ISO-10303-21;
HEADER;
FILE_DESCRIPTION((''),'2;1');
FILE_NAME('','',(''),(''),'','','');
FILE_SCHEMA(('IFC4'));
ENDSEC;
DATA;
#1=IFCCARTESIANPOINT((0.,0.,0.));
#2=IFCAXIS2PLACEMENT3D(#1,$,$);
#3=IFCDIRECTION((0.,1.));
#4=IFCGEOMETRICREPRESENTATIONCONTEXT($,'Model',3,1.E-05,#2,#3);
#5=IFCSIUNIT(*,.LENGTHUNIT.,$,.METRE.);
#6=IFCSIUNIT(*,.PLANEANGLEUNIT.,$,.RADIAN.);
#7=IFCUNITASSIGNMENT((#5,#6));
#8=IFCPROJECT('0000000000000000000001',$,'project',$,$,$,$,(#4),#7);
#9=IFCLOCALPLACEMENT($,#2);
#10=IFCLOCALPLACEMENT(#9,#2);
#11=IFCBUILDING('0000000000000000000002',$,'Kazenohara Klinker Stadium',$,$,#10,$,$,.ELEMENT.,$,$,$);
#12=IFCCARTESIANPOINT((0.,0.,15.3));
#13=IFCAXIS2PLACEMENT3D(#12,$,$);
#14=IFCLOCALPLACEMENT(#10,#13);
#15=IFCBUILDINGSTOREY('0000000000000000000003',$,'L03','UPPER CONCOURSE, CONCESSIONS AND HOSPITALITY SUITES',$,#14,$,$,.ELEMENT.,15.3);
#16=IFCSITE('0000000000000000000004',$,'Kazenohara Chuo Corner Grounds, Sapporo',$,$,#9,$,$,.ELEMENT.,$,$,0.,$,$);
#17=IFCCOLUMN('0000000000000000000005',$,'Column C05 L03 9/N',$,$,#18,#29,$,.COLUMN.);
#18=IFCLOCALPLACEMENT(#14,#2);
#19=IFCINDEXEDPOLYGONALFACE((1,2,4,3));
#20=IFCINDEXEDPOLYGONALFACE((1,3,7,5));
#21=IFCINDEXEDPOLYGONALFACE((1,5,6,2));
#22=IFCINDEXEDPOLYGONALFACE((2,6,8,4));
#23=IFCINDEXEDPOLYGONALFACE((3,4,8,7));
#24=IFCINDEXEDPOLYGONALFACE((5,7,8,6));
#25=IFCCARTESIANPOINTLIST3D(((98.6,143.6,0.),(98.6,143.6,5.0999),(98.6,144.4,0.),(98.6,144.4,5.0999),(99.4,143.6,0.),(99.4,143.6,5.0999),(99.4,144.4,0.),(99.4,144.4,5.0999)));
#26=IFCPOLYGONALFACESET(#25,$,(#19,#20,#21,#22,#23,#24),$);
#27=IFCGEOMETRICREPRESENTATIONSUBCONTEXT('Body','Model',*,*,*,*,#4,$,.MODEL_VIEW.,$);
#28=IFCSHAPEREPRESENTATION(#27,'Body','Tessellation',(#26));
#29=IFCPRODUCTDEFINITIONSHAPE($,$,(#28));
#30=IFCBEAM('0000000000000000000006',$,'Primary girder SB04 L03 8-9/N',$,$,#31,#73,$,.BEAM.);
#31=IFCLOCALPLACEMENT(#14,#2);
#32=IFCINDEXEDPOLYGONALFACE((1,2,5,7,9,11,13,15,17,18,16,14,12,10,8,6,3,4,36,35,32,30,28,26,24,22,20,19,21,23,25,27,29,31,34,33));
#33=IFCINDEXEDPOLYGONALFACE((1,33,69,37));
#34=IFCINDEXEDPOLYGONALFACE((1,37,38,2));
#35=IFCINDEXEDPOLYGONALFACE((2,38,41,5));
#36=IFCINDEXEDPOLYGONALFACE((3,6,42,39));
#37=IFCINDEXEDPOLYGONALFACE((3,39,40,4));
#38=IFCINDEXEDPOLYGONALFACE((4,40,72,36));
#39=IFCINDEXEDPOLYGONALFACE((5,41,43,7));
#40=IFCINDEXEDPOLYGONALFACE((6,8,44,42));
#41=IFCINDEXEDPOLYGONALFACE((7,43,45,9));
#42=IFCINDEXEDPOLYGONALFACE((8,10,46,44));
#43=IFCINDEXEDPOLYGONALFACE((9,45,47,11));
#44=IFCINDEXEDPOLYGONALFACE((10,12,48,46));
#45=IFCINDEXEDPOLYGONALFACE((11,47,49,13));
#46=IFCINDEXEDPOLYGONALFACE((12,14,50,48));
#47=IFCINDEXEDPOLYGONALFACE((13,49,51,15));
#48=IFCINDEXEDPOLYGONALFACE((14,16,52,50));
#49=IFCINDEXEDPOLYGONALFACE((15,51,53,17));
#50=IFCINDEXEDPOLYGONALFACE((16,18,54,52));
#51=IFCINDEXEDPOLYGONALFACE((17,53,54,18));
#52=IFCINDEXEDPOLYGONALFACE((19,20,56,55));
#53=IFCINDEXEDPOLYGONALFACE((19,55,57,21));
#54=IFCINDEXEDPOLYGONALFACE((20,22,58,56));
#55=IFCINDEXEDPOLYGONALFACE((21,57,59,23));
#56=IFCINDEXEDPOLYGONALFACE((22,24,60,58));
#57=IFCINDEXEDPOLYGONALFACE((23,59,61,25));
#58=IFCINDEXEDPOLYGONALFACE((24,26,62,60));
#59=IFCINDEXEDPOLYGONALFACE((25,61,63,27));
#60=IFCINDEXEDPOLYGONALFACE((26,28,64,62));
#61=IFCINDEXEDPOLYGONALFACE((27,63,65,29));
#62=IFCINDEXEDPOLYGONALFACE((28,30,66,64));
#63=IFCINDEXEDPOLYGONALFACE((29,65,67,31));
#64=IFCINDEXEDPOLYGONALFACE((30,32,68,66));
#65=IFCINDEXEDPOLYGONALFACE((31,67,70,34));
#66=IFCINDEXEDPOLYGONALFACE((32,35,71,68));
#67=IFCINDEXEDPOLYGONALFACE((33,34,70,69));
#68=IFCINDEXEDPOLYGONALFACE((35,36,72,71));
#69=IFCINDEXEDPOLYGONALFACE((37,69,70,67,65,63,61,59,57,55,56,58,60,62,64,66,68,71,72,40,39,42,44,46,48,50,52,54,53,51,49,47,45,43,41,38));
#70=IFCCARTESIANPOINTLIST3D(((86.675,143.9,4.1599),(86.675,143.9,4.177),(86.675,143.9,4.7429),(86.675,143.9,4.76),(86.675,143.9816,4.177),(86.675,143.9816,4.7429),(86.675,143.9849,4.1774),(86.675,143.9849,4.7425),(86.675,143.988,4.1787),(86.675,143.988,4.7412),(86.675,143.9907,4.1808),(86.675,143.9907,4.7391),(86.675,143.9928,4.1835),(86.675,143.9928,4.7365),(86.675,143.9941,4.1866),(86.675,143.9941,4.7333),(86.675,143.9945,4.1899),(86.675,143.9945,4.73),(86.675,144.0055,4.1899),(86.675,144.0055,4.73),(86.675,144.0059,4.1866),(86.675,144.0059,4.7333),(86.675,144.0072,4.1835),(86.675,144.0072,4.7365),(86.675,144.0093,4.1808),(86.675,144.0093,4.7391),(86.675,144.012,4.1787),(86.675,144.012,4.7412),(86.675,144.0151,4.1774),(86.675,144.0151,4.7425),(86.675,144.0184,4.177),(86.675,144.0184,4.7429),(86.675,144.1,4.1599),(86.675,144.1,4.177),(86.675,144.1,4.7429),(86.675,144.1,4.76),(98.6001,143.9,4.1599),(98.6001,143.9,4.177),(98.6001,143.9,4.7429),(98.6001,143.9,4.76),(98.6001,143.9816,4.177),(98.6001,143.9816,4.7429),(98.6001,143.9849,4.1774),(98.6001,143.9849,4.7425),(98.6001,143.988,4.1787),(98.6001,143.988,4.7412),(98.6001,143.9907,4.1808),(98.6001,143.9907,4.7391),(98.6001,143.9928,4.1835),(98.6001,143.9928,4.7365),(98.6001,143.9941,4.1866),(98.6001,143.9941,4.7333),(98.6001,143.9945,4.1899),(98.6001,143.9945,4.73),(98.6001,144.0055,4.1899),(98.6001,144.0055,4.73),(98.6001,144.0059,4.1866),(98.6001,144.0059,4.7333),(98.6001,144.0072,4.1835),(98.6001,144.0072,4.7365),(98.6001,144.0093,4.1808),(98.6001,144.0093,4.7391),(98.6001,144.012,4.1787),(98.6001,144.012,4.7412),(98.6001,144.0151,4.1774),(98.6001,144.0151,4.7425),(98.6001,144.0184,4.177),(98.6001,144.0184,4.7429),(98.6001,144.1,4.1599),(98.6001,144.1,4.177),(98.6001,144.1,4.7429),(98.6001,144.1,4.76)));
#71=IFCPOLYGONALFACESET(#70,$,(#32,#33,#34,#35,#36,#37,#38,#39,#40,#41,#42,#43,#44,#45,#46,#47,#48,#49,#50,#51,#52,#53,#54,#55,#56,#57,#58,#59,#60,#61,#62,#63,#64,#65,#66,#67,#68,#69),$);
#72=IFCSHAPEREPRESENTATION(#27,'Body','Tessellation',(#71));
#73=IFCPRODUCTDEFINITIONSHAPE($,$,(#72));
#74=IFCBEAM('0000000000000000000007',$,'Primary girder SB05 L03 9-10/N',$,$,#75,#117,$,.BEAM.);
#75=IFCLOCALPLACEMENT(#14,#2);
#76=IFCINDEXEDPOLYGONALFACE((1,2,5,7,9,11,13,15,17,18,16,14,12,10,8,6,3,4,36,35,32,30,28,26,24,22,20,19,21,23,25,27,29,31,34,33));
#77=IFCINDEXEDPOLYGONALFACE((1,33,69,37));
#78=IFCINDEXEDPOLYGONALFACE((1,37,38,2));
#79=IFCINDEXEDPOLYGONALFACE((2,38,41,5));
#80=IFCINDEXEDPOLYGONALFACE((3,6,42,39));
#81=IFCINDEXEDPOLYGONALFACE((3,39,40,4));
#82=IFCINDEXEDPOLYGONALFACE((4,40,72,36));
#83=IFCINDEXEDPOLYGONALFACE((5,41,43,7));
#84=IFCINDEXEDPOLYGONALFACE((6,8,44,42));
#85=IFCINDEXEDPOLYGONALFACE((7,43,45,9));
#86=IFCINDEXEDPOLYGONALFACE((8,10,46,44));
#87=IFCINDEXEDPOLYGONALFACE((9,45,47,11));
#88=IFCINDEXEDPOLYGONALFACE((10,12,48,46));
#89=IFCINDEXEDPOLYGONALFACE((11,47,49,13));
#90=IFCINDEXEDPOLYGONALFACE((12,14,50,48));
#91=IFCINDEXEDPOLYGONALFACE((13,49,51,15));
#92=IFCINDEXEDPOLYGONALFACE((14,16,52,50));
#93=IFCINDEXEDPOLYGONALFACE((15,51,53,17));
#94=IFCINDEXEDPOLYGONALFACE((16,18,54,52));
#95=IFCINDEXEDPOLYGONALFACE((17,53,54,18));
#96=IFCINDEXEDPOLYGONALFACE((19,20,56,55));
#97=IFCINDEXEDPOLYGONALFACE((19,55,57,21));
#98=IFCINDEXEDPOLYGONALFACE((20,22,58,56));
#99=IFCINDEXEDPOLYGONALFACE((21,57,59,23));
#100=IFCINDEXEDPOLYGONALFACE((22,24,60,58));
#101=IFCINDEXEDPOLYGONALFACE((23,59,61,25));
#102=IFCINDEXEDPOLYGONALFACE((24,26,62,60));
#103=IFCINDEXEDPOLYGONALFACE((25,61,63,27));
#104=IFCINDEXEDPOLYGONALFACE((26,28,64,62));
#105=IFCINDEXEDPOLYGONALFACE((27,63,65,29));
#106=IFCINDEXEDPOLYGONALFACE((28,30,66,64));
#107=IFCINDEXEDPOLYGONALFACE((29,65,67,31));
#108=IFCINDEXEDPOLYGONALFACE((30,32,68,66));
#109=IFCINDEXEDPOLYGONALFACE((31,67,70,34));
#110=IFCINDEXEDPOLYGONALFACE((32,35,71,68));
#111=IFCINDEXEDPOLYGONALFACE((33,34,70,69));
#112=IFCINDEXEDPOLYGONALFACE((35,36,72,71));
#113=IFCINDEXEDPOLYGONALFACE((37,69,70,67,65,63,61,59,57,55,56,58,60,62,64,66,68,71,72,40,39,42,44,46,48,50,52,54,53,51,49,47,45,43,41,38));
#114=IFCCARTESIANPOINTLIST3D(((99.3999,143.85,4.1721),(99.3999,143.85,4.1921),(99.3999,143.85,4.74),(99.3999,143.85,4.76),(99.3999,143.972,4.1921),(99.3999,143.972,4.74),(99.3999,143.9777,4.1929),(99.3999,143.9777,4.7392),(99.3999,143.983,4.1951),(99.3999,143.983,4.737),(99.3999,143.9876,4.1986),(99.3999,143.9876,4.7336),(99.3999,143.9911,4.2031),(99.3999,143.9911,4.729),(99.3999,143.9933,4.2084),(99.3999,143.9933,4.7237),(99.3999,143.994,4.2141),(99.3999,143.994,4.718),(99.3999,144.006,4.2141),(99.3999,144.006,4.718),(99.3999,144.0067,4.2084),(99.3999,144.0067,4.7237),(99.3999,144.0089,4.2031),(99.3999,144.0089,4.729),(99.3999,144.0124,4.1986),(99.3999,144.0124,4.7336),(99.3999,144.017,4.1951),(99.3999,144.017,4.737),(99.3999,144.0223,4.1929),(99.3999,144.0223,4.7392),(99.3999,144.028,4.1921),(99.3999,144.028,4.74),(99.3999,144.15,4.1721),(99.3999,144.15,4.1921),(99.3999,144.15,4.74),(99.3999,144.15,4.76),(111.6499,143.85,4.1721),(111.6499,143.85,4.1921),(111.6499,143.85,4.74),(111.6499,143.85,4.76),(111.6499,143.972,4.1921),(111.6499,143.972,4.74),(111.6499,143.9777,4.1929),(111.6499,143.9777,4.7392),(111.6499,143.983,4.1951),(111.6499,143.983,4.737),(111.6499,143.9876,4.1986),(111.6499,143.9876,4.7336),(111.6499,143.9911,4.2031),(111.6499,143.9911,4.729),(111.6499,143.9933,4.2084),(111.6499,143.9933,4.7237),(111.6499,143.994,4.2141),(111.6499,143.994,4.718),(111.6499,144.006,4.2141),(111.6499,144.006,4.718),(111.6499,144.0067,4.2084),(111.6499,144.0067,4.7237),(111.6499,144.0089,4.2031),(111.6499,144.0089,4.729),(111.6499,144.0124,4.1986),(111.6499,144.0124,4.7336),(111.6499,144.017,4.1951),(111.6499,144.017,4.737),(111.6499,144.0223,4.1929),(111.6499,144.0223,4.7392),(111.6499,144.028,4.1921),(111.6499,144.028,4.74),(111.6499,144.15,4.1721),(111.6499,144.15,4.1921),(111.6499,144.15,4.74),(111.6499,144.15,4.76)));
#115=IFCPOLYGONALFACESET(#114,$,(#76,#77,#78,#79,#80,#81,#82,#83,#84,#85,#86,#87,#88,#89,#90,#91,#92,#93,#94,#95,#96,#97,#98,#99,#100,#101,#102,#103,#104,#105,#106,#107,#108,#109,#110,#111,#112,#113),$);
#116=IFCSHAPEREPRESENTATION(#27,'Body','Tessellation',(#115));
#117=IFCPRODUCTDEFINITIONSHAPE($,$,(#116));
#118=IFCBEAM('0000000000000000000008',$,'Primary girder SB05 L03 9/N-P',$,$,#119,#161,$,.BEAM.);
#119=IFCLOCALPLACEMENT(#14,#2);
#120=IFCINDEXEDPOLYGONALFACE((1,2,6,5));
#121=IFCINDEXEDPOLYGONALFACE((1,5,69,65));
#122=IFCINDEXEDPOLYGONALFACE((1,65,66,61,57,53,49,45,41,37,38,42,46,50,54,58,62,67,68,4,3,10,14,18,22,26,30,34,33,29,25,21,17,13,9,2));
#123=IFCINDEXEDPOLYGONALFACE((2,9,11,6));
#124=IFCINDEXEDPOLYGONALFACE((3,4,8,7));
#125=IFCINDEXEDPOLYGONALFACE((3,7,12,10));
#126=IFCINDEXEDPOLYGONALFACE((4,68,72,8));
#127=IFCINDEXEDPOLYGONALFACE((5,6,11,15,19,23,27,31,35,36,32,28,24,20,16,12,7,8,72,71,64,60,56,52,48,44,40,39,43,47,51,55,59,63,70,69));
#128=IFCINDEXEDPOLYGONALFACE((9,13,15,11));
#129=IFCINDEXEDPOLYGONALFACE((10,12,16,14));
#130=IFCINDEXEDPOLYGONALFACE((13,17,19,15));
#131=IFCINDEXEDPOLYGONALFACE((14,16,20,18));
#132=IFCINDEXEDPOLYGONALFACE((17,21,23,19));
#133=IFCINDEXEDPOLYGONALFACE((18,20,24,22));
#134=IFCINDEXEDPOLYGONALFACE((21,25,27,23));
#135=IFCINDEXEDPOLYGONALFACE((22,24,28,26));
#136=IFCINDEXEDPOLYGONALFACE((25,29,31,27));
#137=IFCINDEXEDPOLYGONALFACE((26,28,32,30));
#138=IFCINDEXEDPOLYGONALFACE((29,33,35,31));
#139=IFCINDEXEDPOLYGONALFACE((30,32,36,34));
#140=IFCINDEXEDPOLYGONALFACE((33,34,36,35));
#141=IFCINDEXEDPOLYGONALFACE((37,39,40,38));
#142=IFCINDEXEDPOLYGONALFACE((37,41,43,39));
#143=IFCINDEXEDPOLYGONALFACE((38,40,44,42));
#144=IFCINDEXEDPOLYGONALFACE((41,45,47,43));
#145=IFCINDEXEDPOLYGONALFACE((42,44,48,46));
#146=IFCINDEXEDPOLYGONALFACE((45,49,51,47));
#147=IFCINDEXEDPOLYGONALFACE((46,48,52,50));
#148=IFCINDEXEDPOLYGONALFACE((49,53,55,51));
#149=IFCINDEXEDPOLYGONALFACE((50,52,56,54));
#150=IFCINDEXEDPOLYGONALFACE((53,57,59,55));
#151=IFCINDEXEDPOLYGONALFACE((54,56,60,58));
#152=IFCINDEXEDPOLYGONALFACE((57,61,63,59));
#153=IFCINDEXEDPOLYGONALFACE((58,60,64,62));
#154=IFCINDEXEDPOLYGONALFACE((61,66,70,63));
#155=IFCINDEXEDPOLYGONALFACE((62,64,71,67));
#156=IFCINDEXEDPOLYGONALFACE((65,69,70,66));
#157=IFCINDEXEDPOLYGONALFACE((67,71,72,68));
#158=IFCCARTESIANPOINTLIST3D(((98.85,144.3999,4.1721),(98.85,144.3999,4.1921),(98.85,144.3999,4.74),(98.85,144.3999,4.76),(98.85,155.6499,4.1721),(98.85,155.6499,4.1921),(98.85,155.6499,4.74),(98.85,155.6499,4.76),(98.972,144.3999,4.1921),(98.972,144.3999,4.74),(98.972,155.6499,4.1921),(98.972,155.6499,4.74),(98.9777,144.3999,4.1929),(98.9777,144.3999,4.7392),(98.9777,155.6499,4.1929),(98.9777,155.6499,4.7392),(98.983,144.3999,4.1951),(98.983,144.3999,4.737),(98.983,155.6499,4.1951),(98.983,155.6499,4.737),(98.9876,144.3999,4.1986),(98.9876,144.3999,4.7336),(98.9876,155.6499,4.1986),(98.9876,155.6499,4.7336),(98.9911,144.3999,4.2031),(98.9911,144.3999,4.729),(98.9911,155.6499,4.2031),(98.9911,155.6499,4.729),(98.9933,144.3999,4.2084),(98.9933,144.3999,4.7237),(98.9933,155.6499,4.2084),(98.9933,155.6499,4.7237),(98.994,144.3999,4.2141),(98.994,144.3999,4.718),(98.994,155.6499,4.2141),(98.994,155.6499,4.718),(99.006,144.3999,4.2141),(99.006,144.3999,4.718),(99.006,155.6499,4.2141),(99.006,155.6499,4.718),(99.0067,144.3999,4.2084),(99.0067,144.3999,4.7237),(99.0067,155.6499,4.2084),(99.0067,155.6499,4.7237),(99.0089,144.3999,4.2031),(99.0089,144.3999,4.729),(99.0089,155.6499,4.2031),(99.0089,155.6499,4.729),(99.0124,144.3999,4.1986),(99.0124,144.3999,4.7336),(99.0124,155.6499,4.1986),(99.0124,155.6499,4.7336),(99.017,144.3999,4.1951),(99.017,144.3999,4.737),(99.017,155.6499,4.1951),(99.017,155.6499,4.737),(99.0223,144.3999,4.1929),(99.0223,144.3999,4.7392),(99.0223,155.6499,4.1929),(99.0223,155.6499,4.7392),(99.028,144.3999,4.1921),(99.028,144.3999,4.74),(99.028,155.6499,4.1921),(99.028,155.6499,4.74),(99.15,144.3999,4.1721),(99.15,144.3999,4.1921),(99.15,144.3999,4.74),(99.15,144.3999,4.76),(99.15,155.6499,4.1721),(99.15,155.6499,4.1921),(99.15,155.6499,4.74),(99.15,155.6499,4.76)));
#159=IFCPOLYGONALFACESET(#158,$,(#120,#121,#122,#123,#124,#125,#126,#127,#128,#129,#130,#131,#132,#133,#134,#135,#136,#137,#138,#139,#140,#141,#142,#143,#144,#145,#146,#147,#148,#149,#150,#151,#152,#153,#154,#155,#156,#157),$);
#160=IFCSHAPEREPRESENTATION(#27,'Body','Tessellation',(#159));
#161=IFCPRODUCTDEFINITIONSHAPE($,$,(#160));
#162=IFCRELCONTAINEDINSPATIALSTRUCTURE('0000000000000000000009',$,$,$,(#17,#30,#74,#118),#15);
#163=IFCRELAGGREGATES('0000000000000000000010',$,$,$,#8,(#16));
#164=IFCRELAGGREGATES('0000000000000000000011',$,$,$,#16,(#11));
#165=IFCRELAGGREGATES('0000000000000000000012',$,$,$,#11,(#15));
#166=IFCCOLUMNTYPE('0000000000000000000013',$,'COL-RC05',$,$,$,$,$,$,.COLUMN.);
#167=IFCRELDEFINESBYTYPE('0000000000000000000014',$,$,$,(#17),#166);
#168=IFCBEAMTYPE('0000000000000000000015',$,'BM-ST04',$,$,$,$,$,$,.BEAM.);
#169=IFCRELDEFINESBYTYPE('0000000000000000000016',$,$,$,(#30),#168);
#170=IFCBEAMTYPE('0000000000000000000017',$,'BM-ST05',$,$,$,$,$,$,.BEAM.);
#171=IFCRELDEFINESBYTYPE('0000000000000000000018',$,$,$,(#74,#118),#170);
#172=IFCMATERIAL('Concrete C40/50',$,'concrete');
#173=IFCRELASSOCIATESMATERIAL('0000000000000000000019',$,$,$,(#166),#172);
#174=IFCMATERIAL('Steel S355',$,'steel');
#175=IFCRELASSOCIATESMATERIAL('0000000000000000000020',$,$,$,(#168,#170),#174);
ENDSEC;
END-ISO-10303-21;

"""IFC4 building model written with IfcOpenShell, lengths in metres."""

from ifc_helpers import new_model, si_unit, direction, frame, origin, origin_2d, place, context, subcontext, project, spatial, rectangle, i_section, extrude, material, material_profile, profile_set, type_object, element, save


model = new_model("IFC4")

# Units and contexts
model_context = context("Model", 3, precision=1e-05, world=origin(), true_north=direction((0.0, 1.0)))
body_context = subcontext(model_context, "Body", "Model", "MODEL_VIEW")
ifc_project = project(units=[si_unit("LENGTHUNIT", "METRE"), si_unit("PLANEANGLEUNIT", "RADIAN")], contexts=[model_context])

# Site, building, storey
site_placement = place(None, origin())
site = spatial("IfcSite", under=ifc_project, at=site_placement, Name="Kazenohara Chuo Corner Grounds, Sapporo", CompositionType="ELEMENT", RefElevation=0.0)
building_placement = place(site_placement, origin())
building = spatial("IfcBuilding", under=site, at=building_placement, Name="Kazenohara Klinker Stadium", CompositionType="ELEMENT")
storey_placement = place(building_placement, frame((0.0, 0.0, 15.3)))
storey = spatial("IfcBuildingStorey", under=building, at=storey_placement, Name="L03", Description="UPPER CONCOURSE, CONCESSIONS AND HOSPITALITY SUITES", CompositionType="ELEMENT", Elevation=15.3)

# Column
ifc_material_1 = material(Name="Concrete C40/50", Category="concrete")
ifc_material_profile_1 = material_profile(ifc_material_1, rectangle(XDim=0.8, YDim=0.8, at=origin_2d()), Name="RC-COL-800x800")
ifc_profile_set_1 = profile_set([ifc_material_profile_1], Name="Concrete C40/50")
column_type = type_object("IfcColumnType", Name="COL-RC05", PredefinedType="COLUMN", material=ifc_profile_set_1)
column_placement = place(storey_placement, frame((99.0, 144.0, 0.0), z_axis=(0.0, 0.0, 1.0), x_axis=(1.0, 0.0, 0.0)))
element("IfcColumn", 1, at=column_placement, inside=storey, type_object=column_type, Name="Column C05 L03 9/N", PredefinedType="COLUMN", context=body_context, shape_type="SweptSolid", body=[
    extrude(rectangle(XDim=0.8, YDim=0.8, at=origin_2d()), origin(), (0.0, 0.0, 1.0), 5.0999),
])

# Beams
ifc_material_2 = material(Name="Steel S355", Category="steel")
ifc_material_profile_2 = material_profile(ifc_material_2, i_section(OverallWidth=0.2, OverallDepth=0.6001, WebThickness=0.011, FlangeThickness=0.0171, FilletRadius=0.0129, at=origin_2d()), Name="H-600x200x11x17")
ifc_profile_set_2 = profile_set([ifc_material_profile_2], Name="Steel S355")
beam_type_1 = type_object("IfcBeamType", Name="BM-ST04", PredefinedType="BEAM", material=ifc_profile_set_2)
beam_1_placement = place(storey_placement, frame((86.675, 144.0, 4.46), z_axis=(1.0, 0.0, 0.0), x_axis=(0.0, 1.0, 0.0)))
element("IfcBeam", 2, at=beam_1_placement, inside=storey, type_object=beam_type_1, Name="Primary girder SB04 L03 8-9/N", PredefinedType="BEAM", context=body_context, shape_type="SweptSolid", body=[
    extrude(i_section(OverallWidth=0.2, OverallDepth=0.6001, WebThickness=0.011, FlangeThickness=0.0171, FilletRadius=0.0129, at=origin_2d()), origin(), (0.0, 0.0, 1.0), 11.925),
])
ifc_material_profile_3 = material_profile(ifc_material_2, i_section(OverallWidth=0.3, OverallDepth=0.5879, WebThickness=0.012, FlangeThickness=0.02, FilletRadius=0.022, at=origin_2d()), Name="H-588x300x12x20")
ifc_profile_set_3 = profile_set([ifc_material_profile_3], Name="Steel S355")
beam_type_2 = type_object("IfcBeamType", Name="BM-ST05", PredefinedType="BEAM", material=ifc_profile_set_3)
beam_2_placement = place(storey_placement, frame((99.3999, 144.0, 4.4661), z_axis=(1.0, 0.0, 0.0), x_axis=(0.0, 1.0, 0.0)))
element("IfcBeam", 3, at=beam_2_placement, inside=storey, type_object=beam_type_2, Name="Primary girder SB05 L03 9-10/N", PredefinedType="BEAM", context=body_context, shape_type="SweptSolid", body=[
    extrude(i_section(OverallWidth=0.3, OverallDepth=0.5879, WebThickness=0.012, FlangeThickness=0.02, FilletRadius=0.022, at=origin_2d()), origin(), (0.0, 0.0, 1.0), 12.25),
])
beam_3_placement = place(storey_placement, frame((99.0, 144.3999, 4.4661), z_axis=(0.0, 1.0, 0.0), x_axis=(-1.0, 0.0, 0.0)))
element("IfcBeam", 4, at=beam_3_placement, inside=storey, type_object=beam_type_2, Name="Primary girder SB05 L03 9/N-P", PredefinedType="BEAM", context=body_context, shape_type="SweptSolid", body=[
    extrude(i_section(OverallWidth=0.3, OverallDepth=0.5879, WebThickness=0.012, FlangeThickness=0.02, FilletRadius=0.022, at=origin_2d()), origin(), (0.0, 0.0, 1.0), 11.25),
])

save(model, "model.ifc")
